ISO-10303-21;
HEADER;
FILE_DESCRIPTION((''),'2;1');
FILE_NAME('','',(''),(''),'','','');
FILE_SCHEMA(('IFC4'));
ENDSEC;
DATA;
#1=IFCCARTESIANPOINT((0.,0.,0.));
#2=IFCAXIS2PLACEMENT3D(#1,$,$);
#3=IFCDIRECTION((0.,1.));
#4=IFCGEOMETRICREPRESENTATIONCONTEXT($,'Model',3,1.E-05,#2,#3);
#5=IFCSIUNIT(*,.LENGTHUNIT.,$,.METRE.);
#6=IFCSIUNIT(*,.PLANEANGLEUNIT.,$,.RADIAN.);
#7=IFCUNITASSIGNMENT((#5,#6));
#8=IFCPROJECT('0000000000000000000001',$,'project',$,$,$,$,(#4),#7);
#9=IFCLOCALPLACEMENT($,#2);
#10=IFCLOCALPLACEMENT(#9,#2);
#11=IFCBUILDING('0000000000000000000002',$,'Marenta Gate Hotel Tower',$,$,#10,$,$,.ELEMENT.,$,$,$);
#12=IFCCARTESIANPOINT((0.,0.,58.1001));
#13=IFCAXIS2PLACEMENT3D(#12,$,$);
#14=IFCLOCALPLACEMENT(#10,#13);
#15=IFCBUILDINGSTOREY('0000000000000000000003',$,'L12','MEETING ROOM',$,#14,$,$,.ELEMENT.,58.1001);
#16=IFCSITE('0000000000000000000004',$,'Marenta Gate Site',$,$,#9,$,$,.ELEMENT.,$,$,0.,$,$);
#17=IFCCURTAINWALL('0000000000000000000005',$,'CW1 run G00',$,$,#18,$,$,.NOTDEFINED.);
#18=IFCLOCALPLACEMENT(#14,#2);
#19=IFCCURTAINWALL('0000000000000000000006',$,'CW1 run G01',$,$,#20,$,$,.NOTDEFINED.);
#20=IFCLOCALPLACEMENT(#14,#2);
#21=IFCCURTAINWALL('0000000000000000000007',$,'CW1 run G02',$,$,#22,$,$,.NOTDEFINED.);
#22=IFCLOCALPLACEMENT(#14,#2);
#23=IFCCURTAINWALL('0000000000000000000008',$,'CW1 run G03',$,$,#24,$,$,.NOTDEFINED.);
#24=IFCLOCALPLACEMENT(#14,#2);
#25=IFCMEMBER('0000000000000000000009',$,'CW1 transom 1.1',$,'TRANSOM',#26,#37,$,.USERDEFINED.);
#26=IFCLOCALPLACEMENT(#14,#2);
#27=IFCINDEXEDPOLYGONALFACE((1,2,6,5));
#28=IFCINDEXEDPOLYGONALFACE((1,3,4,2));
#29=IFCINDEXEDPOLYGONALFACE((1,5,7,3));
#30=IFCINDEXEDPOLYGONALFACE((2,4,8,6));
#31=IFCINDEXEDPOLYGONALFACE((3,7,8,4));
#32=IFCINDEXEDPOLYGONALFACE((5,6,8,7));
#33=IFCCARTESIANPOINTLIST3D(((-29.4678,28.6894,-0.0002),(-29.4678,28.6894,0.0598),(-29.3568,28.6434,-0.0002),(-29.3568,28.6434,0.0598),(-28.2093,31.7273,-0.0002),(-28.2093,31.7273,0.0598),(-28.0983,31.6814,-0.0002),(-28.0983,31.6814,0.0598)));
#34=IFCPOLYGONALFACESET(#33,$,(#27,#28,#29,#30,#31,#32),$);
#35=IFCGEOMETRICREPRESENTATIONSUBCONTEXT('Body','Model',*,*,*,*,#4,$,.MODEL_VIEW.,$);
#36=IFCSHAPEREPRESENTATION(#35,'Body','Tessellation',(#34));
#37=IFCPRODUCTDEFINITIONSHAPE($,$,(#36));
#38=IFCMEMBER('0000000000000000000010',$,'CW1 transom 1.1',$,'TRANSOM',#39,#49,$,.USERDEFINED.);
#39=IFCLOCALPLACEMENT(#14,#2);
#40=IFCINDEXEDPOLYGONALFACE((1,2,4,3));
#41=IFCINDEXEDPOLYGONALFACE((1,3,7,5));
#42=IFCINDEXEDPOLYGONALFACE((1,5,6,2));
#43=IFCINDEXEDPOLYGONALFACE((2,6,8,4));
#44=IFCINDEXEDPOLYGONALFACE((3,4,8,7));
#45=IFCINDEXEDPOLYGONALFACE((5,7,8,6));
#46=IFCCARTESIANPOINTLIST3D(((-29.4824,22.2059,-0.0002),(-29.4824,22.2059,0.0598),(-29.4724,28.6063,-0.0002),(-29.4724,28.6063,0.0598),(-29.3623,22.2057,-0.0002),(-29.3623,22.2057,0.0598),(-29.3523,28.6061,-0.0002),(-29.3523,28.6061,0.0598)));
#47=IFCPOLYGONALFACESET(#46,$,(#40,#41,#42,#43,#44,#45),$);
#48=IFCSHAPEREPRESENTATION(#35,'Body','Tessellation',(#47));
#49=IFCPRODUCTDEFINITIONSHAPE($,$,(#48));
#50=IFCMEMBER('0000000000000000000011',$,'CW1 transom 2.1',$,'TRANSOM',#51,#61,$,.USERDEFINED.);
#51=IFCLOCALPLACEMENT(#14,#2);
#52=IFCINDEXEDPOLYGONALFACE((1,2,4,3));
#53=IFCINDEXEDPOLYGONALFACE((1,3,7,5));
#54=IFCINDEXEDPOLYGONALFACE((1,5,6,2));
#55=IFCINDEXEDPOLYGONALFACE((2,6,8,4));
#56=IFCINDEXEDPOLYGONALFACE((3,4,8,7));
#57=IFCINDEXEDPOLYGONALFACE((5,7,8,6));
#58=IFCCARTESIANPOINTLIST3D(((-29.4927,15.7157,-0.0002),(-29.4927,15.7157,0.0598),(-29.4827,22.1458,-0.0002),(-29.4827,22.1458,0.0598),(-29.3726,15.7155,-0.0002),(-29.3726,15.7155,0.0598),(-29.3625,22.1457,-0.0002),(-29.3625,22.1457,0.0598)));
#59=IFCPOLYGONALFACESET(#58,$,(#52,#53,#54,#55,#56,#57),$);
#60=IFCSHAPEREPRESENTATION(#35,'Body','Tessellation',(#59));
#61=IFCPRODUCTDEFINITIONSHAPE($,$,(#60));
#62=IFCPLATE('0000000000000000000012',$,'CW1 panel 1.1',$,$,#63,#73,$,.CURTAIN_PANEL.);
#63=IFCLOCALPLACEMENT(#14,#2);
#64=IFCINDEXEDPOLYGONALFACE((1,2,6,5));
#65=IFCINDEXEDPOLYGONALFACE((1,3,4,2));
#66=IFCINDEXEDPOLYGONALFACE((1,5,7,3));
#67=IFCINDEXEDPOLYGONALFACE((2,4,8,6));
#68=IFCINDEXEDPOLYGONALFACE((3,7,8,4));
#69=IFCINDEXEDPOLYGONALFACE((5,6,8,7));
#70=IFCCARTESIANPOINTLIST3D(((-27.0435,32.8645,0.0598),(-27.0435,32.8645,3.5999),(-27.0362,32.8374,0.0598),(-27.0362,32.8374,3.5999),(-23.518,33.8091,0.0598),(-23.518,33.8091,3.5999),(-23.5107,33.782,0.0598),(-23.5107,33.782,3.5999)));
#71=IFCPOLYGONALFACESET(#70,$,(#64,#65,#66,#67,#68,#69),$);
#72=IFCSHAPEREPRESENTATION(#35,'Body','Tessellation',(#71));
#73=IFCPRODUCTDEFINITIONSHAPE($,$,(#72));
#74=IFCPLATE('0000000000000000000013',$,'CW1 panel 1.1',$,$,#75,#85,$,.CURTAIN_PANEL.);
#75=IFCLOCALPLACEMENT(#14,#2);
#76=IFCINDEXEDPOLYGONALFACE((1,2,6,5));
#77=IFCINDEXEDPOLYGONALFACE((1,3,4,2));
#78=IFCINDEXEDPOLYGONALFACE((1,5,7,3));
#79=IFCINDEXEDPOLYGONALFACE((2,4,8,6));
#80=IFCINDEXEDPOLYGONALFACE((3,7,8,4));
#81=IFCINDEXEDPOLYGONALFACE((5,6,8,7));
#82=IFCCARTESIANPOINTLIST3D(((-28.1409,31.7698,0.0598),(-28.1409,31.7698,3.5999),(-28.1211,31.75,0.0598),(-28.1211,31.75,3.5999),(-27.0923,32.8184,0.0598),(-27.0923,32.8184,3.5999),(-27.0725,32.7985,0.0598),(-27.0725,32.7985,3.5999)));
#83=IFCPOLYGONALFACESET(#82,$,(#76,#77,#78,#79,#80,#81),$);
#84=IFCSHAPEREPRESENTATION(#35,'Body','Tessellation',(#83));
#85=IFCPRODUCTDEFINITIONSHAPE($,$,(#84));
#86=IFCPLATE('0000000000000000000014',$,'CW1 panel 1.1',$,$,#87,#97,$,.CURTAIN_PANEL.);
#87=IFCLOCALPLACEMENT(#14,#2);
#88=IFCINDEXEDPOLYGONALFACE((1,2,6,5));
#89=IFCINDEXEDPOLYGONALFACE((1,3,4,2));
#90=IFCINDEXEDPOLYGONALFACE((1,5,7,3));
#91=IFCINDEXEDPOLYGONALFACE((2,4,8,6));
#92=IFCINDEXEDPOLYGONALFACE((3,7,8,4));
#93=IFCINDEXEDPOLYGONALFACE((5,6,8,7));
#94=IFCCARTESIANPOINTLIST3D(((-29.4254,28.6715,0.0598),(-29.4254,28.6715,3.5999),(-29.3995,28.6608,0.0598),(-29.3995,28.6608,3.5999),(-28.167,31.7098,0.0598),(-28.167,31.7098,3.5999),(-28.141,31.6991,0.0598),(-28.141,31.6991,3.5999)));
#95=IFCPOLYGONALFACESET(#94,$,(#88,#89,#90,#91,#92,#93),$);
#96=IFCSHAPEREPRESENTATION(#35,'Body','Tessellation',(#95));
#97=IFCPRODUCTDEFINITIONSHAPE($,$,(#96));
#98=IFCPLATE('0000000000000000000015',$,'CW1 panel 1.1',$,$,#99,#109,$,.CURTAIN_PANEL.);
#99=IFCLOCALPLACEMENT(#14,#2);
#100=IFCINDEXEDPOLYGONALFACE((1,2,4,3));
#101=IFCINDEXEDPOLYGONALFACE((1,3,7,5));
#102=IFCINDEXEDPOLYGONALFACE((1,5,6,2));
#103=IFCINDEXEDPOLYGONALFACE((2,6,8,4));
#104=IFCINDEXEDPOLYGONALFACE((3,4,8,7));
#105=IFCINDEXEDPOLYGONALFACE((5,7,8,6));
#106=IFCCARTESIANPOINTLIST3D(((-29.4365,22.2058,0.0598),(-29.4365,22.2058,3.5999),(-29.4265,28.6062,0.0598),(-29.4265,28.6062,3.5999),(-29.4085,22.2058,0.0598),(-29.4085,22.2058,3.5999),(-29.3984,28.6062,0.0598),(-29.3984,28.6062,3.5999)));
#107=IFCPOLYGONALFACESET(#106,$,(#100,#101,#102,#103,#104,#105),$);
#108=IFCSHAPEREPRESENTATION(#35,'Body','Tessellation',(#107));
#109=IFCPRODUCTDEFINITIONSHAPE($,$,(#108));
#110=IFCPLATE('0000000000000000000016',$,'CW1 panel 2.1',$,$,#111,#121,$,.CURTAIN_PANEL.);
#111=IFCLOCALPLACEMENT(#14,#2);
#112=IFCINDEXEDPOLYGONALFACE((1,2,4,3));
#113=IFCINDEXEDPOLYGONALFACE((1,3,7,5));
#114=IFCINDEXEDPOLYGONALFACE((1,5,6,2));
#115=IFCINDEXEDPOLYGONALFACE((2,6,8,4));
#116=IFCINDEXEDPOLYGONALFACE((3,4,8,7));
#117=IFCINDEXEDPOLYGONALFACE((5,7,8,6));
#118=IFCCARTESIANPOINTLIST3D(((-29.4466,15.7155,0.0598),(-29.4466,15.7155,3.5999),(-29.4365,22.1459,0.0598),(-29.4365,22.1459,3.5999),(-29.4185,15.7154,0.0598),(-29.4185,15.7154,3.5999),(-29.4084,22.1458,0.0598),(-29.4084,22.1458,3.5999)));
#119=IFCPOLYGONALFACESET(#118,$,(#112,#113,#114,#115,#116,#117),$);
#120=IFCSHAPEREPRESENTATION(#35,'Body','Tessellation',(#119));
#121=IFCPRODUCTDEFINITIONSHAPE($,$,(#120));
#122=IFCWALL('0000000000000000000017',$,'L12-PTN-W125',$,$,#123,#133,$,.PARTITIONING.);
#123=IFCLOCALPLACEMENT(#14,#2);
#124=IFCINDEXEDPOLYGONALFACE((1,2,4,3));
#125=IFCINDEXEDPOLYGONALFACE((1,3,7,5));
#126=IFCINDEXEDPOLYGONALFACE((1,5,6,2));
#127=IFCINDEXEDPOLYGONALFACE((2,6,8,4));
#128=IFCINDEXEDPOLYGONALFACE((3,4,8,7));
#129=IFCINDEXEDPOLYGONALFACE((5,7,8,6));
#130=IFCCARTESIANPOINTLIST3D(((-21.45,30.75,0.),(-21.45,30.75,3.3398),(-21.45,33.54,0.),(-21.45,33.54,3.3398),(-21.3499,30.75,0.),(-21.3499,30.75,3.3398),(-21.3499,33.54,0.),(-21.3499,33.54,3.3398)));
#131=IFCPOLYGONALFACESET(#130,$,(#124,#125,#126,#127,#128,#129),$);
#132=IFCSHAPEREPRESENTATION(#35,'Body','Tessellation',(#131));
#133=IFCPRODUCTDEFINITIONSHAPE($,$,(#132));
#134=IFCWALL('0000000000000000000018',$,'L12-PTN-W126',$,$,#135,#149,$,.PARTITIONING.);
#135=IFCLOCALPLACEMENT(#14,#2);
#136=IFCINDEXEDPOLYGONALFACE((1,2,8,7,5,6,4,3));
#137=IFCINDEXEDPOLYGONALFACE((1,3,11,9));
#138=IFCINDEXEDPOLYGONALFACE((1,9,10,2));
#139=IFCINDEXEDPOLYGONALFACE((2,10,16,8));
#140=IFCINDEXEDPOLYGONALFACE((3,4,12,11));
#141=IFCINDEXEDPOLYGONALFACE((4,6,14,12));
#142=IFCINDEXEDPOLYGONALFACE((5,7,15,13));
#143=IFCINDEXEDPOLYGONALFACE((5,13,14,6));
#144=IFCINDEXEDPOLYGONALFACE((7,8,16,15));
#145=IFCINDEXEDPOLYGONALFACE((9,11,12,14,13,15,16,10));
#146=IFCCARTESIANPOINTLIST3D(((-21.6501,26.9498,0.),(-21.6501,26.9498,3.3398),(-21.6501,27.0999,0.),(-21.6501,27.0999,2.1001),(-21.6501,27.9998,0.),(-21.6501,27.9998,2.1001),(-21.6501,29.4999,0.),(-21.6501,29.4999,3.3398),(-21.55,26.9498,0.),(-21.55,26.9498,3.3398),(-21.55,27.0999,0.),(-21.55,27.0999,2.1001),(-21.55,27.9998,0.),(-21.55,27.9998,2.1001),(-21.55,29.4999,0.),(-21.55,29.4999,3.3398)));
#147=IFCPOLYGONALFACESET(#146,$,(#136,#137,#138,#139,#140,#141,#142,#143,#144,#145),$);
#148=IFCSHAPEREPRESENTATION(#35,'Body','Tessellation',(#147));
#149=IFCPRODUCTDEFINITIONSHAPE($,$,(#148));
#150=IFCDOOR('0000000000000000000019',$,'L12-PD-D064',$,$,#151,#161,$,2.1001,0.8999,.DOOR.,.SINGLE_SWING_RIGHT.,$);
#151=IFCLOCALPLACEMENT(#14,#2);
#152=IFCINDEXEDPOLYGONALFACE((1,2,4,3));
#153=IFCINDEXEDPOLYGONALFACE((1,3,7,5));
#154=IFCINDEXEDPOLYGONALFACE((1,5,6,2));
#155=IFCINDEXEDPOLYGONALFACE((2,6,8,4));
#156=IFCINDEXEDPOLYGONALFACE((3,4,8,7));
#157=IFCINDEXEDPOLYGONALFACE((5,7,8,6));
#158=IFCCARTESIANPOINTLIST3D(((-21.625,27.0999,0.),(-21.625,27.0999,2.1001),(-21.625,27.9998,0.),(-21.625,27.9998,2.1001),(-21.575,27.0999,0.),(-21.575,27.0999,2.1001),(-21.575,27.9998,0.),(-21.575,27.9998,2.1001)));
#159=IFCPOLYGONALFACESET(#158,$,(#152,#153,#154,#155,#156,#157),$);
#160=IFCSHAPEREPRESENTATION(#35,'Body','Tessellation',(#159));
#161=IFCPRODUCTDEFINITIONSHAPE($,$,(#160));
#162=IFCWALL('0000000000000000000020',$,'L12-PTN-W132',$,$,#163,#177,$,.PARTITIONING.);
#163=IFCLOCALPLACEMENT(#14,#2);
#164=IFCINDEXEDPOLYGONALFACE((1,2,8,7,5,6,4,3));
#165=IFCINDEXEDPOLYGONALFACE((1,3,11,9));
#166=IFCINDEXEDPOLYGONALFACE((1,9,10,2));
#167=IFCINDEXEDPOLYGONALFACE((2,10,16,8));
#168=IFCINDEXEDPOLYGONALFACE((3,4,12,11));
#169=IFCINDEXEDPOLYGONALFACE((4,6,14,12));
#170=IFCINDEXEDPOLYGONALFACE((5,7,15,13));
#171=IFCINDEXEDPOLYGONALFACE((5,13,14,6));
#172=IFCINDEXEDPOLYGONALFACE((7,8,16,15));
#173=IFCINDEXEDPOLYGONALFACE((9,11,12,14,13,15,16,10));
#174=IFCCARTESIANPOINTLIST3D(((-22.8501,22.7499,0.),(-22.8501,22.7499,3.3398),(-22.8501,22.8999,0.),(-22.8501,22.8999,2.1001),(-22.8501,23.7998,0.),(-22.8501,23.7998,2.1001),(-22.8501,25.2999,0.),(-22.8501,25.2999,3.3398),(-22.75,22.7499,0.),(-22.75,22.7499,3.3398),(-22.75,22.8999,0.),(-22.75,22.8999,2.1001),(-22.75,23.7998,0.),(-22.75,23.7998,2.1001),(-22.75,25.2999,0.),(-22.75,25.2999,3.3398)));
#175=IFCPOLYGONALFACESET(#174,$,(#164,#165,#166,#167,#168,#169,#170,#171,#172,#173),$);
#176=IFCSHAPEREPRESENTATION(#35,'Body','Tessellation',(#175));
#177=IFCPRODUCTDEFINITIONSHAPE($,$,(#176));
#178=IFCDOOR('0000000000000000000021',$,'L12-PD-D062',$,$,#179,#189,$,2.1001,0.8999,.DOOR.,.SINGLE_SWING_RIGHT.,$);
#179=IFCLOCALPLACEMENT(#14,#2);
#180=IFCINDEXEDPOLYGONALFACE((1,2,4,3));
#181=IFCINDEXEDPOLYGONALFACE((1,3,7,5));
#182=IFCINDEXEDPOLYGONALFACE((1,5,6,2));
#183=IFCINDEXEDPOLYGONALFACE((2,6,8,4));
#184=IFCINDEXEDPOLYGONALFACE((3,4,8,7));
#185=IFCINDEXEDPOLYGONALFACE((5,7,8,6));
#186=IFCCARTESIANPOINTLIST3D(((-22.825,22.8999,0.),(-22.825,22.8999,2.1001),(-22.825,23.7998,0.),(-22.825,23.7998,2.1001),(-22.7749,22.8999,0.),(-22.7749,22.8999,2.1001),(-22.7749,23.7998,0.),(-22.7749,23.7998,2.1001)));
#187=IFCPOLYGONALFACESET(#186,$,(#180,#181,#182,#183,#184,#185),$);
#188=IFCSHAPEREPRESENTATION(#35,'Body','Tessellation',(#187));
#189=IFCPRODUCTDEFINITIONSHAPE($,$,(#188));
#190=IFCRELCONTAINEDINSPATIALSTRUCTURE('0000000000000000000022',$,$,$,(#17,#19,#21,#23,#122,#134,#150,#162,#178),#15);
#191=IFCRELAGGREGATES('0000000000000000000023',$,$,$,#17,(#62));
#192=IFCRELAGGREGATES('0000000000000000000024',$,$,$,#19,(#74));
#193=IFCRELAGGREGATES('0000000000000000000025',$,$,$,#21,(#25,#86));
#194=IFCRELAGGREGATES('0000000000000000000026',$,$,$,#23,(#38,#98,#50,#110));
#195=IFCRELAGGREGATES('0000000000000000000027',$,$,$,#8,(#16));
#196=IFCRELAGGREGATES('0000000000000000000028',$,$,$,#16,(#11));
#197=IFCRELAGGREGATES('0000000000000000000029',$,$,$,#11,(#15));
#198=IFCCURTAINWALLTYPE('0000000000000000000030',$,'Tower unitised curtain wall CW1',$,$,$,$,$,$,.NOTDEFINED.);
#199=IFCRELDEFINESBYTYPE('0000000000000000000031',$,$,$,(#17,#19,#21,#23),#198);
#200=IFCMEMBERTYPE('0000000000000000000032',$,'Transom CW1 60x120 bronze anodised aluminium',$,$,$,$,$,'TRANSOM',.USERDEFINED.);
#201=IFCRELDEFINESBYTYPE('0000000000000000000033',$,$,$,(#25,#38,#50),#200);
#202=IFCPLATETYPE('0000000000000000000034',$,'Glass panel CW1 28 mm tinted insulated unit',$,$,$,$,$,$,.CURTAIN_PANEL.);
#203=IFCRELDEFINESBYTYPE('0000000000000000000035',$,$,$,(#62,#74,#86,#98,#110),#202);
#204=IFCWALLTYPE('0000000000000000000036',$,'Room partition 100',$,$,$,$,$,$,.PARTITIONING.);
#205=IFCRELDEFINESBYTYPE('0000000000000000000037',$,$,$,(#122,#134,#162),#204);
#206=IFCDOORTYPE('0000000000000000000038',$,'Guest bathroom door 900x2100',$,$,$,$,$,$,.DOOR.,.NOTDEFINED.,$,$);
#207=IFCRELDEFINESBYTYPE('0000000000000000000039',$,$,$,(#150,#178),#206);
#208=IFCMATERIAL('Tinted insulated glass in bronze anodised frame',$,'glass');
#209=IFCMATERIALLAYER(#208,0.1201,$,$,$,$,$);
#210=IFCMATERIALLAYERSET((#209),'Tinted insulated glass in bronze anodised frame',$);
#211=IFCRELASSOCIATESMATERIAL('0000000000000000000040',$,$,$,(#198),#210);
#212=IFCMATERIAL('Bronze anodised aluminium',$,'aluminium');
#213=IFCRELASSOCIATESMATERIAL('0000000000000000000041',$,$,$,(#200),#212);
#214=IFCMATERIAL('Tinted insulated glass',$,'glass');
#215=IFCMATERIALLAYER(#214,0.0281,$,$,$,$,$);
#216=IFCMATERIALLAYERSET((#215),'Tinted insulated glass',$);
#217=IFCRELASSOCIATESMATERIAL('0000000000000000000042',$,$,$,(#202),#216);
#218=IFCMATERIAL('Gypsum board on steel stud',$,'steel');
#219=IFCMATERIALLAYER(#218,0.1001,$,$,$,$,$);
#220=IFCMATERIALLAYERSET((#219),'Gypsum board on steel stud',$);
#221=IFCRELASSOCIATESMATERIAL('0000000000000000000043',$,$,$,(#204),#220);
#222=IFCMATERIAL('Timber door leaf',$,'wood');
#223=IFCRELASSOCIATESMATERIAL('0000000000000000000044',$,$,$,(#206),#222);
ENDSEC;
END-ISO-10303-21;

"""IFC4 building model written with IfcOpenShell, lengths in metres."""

from ifc_helpers import new_model, si_unit, direction, frame, frame_2d, origin, origin_2d, place, context, subcontext, project, spatial, rectangle, extrude, material, layer, layer_set, material_profile, profile_set, type_object, element, fill, aggregate, save


model = new_model("IFC4")

# Units and contexts
model_context = context("Model", 3, precision=1e-05, world=origin(), true_north=direction((0.0, 1.0)))
body_context = subcontext(model_context, "Body", "Model", "MODEL_VIEW")
ifc_project = project(units=[si_unit("LENGTHUNIT", "METRE"), si_unit("PLANEANGLEUNIT", "RADIAN")], contexts=[model_context])

# Site, building, storey
site_placement = place(None, origin())
site = spatial("IfcSite", under=ifc_project, at=site_placement, Name="Marenta Gate Site", CompositionType="ELEMENT", RefElevation=0.0)
building_placement = place(site_placement, origin())
building = spatial("IfcBuilding", under=site, at=building_placement, Name="Marenta Gate Hotel Tower", CompositionType="ELEMENT")
storey_placement = place(building_placement, frame((0.0, 0.0, 58.1001)))
storey = spatial("IfcBuildingStorey", under=building, at=storey_placement, Name="L12", Description="MEETING ROOM", CompositionType="ELEMENT", Elevation=58.1001)

# Curtain walls
ifc_material_1 = material(Name="Tinted insulated glass in bronze anodised frame", Category="glass")
ifc_layer_1 = layer(ifc_material_1, 0.1201)
ifc_layer_set_1 = layer_set([ifc_layer_1], Name="Tinted insulated glass in bronze anodised frame")
curtain_wall_type = type_object("IfcCurtainWallType", Name="Tower unitised curtain wall CW1", PredefinedType="NOTDEFINED", material=ifc_layer_set_1)
curtain_wall_1_placement = place(storey_placement, origin())
curtain_wall_1 = element("IfcCurtainWall", 1, at=curtain_wall_1_placement, inside=storey, type_object=curtain_wall_type, Name="CW1 run G00", PredefinedType="NOTDEFINED")
curtain_wall_2_placement = place(storey_placement, origin())
curtain_wall_2 = element("IfcCurtainWall", 2, at=curtain_wall_2_placement, inside=storey, type_object=curtain_wall_type, Name="CW1 run G01", PredefinedType="NOTDEFINED")
curtain_wall_3_placement = place(storey_placement, origin())
curtain_wall_3 = element("IfcCurtainWall", 3, at=curtain_wall_3_placement, inside=storey, type_object=curtain_wall_type, Name="CW1 run G02", PredefinedType="NOTDEFINED")

# Curtain wall
curtain_wall_4_placement = place(storey_placement, origin())
curtain_wall_4 = element("IfcCurtainWall", 4, at=curtain_wall_4_placement, inside=storey, type_object=curtain_wall_type, Name="CW1 run G03", PredefinedType="NOTDEFINED")

# Members
ifc_material_2 = material(Name="Bronze anodised aluminium", Category="aluminium")
ifc_material_profile_1 = material_profile(ifc_material_2, rectangle(XDim=0.1201, YDim=0.0601, at=origin_2d()), Name="Transom CW1 60x120 bronze anodised aluminium")
ifc_profile_set_1 = profile_set([ifc_material_profile_1], Name="Bronze anodised aluminium")
member_type_1 = type_object("IfcMemberType", Name="Transom CW1 60x120 bronze anodised aluminium", ElementType="TRANSOM", PredefinedType="USERDEFINED", material=ifc_profile_set_1)
member_1_placement = place(storey_placement, frame((-28.1538, 31.7043, 0.0298), z_axis=(-0.382717, -0.923866, 0.0), x_axis=(0.923866, -0.382717, 0.0)))
member_1 = element("IfcMember", 5, at=member_1_placement, type_object=member_type_1, Name="CW1 transom 1.1", ObjectType="TRANSOM", PredefinedType="USERDEFINED", context=body_context, shape_type="SweptSolid", body=[
    extrude(rectangle(XDim=0.1201, YDim=0.0601, at=origin_2d()), origin(), (0.0, 0.0, 1.0), 3.2883),
])
member_2_placement = place(storey_placement, frame((-29.4124, 28.6062, 0.0298), z_axis=(-0.001564, -0.999999, 0.0), x_axis=(0.999999, -0.001564, 0.0)))
member_2 = element("IfcMember", 6, at=member_2_placement, type_object=member_type_1, Name="CW1 transom 1.1", ObjectType="TRANSOM", PredefinedType="USERDEFINED", context=body_context, shape_type="SweptSolid", body=[
    extrude(rectangle(XDim=0.1201, YDim=0.0601, at=origin_2d()), origin(), (0.0, 0.0, 1.0), 6.4004),
])
member_3_placement = place(storey_placement, frame((-29.4226, 22.1458, 0.0298), z_axis=(-0.001557, -0.999999, 0.0), x_axis=(0.999999, -0.001557, 0.0)))
member_3 = element("IfcMember", 7, at=member_3_placement, type_object=member_type_1, Name="CW1 transom 2.1", ObjectType="TRANSOM", PredefinedType="USERDEFINED", context=body_context, shape_type="SweptSolid", body=[
    extrude(rectangle(XDim=0.1201, YDim=0.0601, at=origin_2d()), origin(), (0.0, 0.0, 1.0), 6.4302),
])

# Plates
ifc_material_3 = material(Name="Tinted insulated glass", Category="glass")
ifc_layer_2 = layer(ifc_material_3, 0.0281)
ifc_layer_set_2 = layer_set([ifc_layer_2], Name="Tinted insulated glass")
plate_type = type_object("IfcPlateType", Name="Glass panel CW1 28 mm tinted insulated unit", PredefinedType="CURTAIN_PANEL", material=ifc_layer_set_2)
plate_1_placement = place(storey_placement, frame((-25.2771, 33.3232, 0.0598), z_axis=(0.0, 0.0, 1.0), x_axis=(-0.96593, -0.258802, 0.0)))
plate_1 = element("IfcPlate", 8, at=plate_1_placement, type_object=plate_type, Name="CW1 panel 1.1", PredefinedType="CURTAIN_PANEL", context=body_context, shape_type="SweptSolid", body=[
    extrude(rectangle(XDim=3.6499, YDim=0.0281, at=origin_2d()), origin(), (0.0, 0.0, 1.0), 3.54),
])
aggregate(curtain_wall_1, [plate_1])
plate_2_placement = place(storey_placement, frame((-27.6067, 32.2842, 0.0598), z_axis=(0.0, 0.0, 1.0), x_axis=(-0.707107, -0.707107, 0.0)))
plate_2 = element("IfcPlate", 9, at=plate_2_placement, type_object=plate_type, Name="CW1 panel 1.1", PredefinedType="CURTAIN_PANEL", context=body_context, shape_type="SweptSolid", body=[
    extrude(rectangle(XDim=1.4829, YDim=0.0281, at=origin_2d()), origin(), (0.0, 0.0, 1.0), 3.54),
])
aggregate(curtain_wall_2, [plate_2])
plate_3_placement = place(storey_placement, frame((-28.7832, 30.1853, 0.0598), z_axis=(0.0, 0.0, 1.0), x_axis=(-0.38267, -0.923885, 0.0)))
plate_3 = element("IfcPlate", 10, at=plate_3_placement, type_object=plate_type, Name="CW1 panel 1.1", PredefinedType="CURTAIN_PANEL", context=body_context, shape_type="SweptSolid", body=[
    extrude(rectangle(XDim=3.2886, YDim=0.0281, at=origin_2d()), origin(), (0.0, 0.0, 1.0), 3.54),
])
aggregate(curtain_wall_3, [member_1, plate_3])
plate_4_placement = place(storey_placement, frame((-29.4175, 25.406, 0.0598), z_axis=(0.0, 0.0, 1.0), x_axis=(-0.001566, -0.999999, 0.0)))
plate_4 = element("IfcPlate", 11, at=plate_4_placement, type_object=plate_type, Name="CW1 panel 1.1", PredefinedType="CURTAIN_PANEL", context=body_context, shape_type="SweptSolid", body=[
    extrude(rectangle(XDim=6.4004, YDim=0.0281, at=origin_2d()), origin(), (0.0, 0.0, 1.0), 3.54),
])
plate_5_placement = place(storey_placement, frame((-29.4275, 18.9307, 0.0598), z_axis=(0.0, 0.0, 1.0), x_axis=(-0.001566, -0.999999, 0.0)))
plate_5 = element("IfcPlate", 12, at=plate_5_placement, type_object=plate_type, Name="CW1 panel 2.1", PredefinedType="CURTAIN_PANEL", context=body_context, shape_type="SweptSolid", body=[
    extrude(rectangle(XDim=6.4304, YDim=0.0281, at=origin_2d()), origin(), (0.0, 0.0, 1.0), 3.54),
])
aggregate(curtain_wall_4, [member_2, plate_4, member_3, plate_5])

# Wall
ifc_material_4 = material(Name="Gypsum board on steel stud", Category="steel")
ifc_layer_3 = layer(ifc_material_4, 0.1001)
ifc_layer_set_3 = layer_set([ifc_layer_3], Name="Gypsum board on steel stud")
wall_type_1 = type_object("IfcWallType", Name="Room partition 100", PredefinedType="PARTITIONING", material=ifc_layer_set_3)
wall_1_placement = place(storey_placement, frame((-21.3999, 30.75, 0.0), z_axis=(0.0, 0.0, 1.0), x_axis=(0.0, 1.0, 0.0)))
element("IfcWall", 13, at=wall_1_placement, inside=storey, type_object=wall_type_1, Name="L12-PTN-W125", PredefinedType="PARTITIONING", context=body_context, shape_type="SweptSolid", body=[
    extrude(rectangle(XDim=2.79, YDim=0.1001, at=frame_2d((1.395, 0.0))), origin(), (0.0, 0.0, 1.0), 3.3398),
])

# Walls, openings, doors
wall_2_placement = place(storey_placement, frame((-21.6001, 26.95, 0.0), z_axis=(0.0, 0.0, 1.0), x_axis=(0.0, 1.0, 0.0)))
wall_2 = element("IfcWall", 14, at=wall_2_placement, inside=storey, type_object=wall_type_1, Name="L12-PTN-W126", PredefinedType="PARTITIONING", context=body_context, shape_type="SweptSolid", body=[
    extrude(rectangle(XDim=2.55, YDim=0.1001, at=frame_2d((1.2749, 0.0))), origin(), (0.0, 0.0, 1.0), 3.3398),
])
opening_1_placement = place(wall_2_placement, frame((0.1499, 0.0, 0.0)))
opening_1 = element("IfcOpeningElement", 15, at=opening_1_placement, cuts=wall_2, PredefinedType="OPENING", context=body_context, shape_type="SweptSolid", body=[
    extrude(rectangle(XDim=0.8999, YDim=2.1001, at=frame_2d((0.45, 1.05))), frame((0.0, 0.05, 0.0), z_axis=(0.0, -1.0, 0.0), x_axis=(1.0, 0.0, 0.0)), (0.0, 0.0, 1.0), 0.1001),
])
ifc_material_5 = material(Name="Timber door leaf", Category="wood")
door_type = type_object("IfcDoorType", Name="Guest bathroom door 900x2100", OperationType="NOTDEFINED", PredefinedType="DOOR", material=ifc_material_5)
door_1_placement = place(opening_1_placement, origin())
door_1 = element("IfcDoor", 16, at=door_1_placement, inside=storey, type_object=door_type, Name="L12-PD-D064", OperationType="SINGLE_SWING_RIGHT", OverallHeight=2.1001, OverallWidth=0.8999, PredefinedType="DOOR", context=body_context, shape_type="SweptSolid", body=[
    extrude(rectangle(XDim=0.8999, YDim=2.1001, at=frame_2d((0.45, 1.05))), frame((0.0, 0.0249, 0.0), z_axis=(0.0, -1.0, 0.0), x_axis=(1.0, 0.0, 0.0)), (0.0, 0.0, 1.0), 0.05),
])
fill(opening_1, door_1)
wall_3_placement = place(storey_placement, frame((-22.8, 22.75, 0.0), z_axis=(0.0, 0.0, 1.0), x_axis=(0.0, 1.0, 0.0)))
wall_3 = element("IfcWall", 17, at=wall_3_placement, inside=storey, type_object=wall_type_1, Name="L12-PTN-W132", PredefinedType="PARTITIONING", context=body_context, shape_type="SweptSolid", body=[
    extrude(rectangle(XDim=2.55, YDim=0.1001, at=frame_2d((1.2749, 0.0))), origin(), (0.0, 0.0, 1.0), 3.3398),
])
opening_2_placement = place(wall_3_placement, frame((0.1499, 0.0, 0.0)))
opening_2 = element("IfcOpeningElement", 18, at=opening_2_placement, cuts=wall_3, PredefinedType="OPENING", context=body_context, shape_type="SweptSolid", body=[
    extrude(rectangle(XDim=0.8999, YDim=2.1001, at=frame_2d((0.45, 1.05))), frame((0.0, 0.05, 0.0), z_axis=(0.0, -1.0, 0.0), x_axis=(1.0, 0.0, 0.0)), (0.0, 0.0, 1.0), 0.1001),
])
door_2_placement = place(opening_2_placement, origin())
door_2 = element("IfcDoor", 19, at=door_2_placement, inside=storey, type_object=door_type, Name="L12-PD-D062", OperationType="SINGLE_SWING_RIGHT", OverallHeight=2.1001, OverallWidth=0.8999, PredefinedType="DOOR", context=body_context, shape_type="SweptSolid", body=[
    extrude(rectangle(XDim=0.8999, YDim=2.1001, at=frame_2d((0.45, 1.05))), frame((0.0, 0.0249, 0.0), z_axis=(0.0, -1.0, 0.0), x_axis=(1.0, 0.0, 0.0)), (0.0, 0.0, 1.0), 0.05),
])
fill(opening_2, door_2)

save(model, "model.ifc")
